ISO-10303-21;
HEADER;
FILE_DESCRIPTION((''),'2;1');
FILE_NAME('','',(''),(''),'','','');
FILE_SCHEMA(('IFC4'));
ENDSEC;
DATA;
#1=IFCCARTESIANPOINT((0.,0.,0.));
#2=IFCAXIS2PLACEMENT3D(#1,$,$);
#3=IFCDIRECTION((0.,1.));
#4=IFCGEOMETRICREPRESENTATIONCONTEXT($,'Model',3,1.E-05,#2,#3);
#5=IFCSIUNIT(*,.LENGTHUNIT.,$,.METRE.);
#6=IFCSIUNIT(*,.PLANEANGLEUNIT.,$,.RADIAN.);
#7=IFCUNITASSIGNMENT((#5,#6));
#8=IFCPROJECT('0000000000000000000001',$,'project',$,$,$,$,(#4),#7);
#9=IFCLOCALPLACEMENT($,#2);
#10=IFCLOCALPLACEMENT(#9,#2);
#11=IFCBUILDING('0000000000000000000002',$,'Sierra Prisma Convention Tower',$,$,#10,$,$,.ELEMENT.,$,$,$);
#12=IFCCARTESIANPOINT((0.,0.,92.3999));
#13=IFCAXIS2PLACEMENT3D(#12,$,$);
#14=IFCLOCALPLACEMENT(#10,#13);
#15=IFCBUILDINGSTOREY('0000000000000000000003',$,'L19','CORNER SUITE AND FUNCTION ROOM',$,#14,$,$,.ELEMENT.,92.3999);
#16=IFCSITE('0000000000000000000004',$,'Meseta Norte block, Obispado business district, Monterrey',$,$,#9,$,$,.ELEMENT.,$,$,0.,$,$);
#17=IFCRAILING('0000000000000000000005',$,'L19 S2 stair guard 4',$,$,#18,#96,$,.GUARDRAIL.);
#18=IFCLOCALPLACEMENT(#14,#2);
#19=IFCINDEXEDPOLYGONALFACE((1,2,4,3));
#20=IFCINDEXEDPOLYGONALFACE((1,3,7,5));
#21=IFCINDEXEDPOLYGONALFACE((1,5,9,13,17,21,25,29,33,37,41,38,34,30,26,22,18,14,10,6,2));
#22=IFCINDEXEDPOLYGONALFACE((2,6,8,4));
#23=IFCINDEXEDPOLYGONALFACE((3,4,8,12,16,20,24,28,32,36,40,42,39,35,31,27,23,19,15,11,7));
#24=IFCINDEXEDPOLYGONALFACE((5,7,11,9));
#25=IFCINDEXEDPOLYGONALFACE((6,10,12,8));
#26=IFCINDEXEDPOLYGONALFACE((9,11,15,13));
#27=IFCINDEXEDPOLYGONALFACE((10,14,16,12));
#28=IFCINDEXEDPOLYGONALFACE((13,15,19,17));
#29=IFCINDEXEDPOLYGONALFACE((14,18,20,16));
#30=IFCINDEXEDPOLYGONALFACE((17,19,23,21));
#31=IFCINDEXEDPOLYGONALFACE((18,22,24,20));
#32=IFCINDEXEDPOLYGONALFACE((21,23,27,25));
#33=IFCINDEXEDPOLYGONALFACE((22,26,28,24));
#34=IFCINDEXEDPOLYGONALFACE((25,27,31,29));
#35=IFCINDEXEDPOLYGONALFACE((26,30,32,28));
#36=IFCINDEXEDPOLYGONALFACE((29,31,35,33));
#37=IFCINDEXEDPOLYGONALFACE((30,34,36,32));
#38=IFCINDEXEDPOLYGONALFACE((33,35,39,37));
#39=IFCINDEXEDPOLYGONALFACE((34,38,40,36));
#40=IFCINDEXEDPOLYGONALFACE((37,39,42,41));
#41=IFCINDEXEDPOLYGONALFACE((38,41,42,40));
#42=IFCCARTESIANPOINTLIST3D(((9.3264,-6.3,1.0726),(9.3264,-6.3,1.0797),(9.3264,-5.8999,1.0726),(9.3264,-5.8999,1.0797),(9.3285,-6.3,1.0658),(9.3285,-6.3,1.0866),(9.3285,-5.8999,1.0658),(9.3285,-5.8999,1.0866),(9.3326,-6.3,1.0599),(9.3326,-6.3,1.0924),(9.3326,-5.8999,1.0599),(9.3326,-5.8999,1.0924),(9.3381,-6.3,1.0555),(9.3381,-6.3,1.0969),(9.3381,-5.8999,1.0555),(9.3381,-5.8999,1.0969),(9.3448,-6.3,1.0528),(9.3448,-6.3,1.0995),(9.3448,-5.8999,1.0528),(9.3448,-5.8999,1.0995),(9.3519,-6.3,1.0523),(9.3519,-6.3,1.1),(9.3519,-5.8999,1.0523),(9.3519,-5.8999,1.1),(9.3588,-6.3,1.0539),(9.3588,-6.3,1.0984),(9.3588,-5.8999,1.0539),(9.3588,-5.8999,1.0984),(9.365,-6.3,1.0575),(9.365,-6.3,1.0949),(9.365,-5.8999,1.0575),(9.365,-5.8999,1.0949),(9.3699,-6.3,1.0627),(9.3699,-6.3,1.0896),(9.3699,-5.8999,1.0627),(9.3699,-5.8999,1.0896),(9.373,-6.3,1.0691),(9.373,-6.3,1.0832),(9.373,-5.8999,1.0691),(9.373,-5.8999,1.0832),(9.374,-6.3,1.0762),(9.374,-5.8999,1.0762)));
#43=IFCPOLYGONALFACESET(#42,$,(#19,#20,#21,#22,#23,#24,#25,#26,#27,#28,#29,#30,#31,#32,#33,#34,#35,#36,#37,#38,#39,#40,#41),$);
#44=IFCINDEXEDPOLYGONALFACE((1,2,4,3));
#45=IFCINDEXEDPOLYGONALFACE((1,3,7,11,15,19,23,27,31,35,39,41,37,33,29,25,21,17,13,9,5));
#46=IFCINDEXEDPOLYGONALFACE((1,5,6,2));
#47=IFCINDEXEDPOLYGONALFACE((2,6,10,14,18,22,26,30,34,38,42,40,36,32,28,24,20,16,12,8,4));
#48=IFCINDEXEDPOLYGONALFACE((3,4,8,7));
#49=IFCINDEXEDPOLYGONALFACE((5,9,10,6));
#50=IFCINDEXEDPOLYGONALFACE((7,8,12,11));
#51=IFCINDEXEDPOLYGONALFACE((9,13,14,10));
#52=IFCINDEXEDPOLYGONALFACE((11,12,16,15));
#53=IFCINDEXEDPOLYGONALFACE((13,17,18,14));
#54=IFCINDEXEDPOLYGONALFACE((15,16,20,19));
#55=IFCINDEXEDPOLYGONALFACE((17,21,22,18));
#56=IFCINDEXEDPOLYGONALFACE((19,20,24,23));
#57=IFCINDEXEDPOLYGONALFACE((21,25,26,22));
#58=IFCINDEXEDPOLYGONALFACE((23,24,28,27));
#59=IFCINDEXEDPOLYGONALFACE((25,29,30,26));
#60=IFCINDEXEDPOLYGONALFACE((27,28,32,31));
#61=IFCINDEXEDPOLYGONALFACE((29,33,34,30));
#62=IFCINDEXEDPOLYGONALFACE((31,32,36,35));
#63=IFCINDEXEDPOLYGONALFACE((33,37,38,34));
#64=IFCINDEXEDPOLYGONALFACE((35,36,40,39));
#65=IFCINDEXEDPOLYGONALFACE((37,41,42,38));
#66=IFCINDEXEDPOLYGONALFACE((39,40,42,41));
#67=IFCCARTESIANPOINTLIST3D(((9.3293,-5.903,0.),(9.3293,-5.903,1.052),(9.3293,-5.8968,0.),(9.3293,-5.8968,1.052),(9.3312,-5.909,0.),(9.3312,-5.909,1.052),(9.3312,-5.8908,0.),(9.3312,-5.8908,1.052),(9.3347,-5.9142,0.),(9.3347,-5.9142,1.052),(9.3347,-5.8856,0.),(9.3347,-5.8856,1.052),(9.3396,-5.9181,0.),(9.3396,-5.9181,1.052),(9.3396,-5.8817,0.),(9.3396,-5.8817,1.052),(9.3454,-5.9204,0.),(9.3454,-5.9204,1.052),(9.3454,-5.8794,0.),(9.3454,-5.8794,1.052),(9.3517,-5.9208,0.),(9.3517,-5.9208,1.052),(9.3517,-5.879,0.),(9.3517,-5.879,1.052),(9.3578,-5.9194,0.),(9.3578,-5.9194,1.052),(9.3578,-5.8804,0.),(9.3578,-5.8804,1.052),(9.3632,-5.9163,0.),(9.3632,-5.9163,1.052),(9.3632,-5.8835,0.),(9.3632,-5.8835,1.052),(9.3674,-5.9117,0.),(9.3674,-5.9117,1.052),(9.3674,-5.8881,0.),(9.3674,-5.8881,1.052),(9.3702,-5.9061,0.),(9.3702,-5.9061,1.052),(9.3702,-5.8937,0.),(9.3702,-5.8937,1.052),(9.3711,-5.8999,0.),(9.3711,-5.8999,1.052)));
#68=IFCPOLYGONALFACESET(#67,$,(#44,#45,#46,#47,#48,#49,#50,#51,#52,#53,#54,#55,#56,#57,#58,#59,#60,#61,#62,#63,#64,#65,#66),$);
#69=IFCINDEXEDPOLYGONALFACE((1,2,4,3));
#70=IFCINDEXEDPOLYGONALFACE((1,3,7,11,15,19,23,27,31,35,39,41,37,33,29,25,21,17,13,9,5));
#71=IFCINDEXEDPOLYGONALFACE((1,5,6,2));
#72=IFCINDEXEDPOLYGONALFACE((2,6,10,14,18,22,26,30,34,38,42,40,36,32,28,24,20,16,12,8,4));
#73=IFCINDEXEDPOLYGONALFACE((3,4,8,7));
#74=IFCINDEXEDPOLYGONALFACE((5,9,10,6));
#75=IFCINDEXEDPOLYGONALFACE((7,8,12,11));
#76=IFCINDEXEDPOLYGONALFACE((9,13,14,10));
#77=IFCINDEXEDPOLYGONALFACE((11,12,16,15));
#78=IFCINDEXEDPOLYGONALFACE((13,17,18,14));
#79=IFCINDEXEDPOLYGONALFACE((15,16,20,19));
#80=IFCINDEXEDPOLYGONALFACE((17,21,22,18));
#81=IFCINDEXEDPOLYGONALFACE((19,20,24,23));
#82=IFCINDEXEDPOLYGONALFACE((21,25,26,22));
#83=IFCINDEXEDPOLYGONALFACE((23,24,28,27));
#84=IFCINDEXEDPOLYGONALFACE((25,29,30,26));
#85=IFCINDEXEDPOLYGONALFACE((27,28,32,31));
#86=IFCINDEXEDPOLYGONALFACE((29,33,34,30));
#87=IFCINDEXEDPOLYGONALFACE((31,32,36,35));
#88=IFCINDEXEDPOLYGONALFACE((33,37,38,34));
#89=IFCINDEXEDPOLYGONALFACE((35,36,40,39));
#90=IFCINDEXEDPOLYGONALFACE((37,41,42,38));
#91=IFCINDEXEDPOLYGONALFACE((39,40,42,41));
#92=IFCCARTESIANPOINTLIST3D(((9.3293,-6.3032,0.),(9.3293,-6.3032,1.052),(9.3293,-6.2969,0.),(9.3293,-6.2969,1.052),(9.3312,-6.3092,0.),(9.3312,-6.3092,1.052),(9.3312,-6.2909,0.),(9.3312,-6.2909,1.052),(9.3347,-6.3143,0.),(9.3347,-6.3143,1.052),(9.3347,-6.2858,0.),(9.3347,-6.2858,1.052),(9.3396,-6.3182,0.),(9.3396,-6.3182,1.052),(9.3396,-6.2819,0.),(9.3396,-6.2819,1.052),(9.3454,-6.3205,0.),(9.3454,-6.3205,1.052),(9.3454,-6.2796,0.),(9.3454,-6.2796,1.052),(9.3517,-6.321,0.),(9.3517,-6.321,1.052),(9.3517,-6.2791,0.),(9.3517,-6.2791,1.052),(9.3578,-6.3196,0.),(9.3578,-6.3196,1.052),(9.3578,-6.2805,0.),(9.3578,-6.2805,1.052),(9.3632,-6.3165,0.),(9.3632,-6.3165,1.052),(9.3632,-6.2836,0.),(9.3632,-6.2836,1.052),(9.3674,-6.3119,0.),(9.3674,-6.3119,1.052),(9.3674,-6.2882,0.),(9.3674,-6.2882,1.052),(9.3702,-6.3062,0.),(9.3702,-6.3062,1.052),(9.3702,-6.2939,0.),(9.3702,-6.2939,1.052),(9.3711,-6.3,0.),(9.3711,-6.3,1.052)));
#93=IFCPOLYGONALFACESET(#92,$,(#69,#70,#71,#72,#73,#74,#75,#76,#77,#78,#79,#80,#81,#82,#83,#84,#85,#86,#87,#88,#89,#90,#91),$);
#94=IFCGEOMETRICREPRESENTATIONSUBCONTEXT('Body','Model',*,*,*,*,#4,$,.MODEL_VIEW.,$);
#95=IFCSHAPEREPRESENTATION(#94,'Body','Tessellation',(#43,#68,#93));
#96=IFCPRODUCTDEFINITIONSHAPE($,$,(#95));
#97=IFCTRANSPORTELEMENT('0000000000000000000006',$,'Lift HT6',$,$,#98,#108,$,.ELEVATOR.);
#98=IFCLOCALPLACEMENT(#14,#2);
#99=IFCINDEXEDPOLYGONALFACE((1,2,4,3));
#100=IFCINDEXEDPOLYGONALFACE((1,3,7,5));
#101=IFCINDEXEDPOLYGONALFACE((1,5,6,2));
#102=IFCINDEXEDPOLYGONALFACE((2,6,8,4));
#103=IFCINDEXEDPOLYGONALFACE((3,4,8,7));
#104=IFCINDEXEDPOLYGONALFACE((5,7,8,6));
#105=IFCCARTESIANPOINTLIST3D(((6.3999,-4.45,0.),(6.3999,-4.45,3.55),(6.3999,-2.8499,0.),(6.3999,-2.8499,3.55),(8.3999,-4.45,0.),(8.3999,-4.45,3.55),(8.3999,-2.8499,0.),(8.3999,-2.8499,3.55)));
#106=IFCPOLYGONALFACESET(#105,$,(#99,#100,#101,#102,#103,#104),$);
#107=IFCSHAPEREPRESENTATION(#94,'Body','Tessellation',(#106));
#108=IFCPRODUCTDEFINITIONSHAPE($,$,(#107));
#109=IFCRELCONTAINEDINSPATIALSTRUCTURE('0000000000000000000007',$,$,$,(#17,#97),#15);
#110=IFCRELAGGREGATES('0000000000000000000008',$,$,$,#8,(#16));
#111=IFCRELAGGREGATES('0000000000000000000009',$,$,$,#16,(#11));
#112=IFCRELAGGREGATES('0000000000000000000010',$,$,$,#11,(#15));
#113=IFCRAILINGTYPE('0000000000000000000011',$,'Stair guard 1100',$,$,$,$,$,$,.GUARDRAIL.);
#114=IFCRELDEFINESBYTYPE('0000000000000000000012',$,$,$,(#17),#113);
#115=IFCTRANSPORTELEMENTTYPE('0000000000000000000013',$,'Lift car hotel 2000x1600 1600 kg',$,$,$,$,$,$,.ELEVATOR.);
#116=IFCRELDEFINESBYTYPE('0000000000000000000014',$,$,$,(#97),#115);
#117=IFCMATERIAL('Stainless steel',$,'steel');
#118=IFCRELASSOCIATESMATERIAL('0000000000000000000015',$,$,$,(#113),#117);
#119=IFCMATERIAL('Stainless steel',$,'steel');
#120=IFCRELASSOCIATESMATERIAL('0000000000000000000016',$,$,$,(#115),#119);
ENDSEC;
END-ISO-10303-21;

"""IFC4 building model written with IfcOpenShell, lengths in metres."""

from ifc_helpers import new_model, si_unit, direction, frame, origin, origin_2d, place, context, subcontext, project, spatial, rectangle, circle, extrude, material, type_object, element, save


model = new_model("IFC4")

# Units and contexts
model_context = context("Model", 3, precision=1e-05, world=origin(), true_north=direction((0.0, 1.0)))
body_context = subcontext(model_context, "Body", "Model", "MODEL_VIEW")
ifc_project = project(units=[si_unit("LENGTHUNIT", "METRE"), si_unit("PLANEANGLEUNIT", "RADIAN")], contexts=[model_context])

# Site, building, storey
site_placement = place(None, origin())
site = spatial("IfcSite", under=ifc_project, at=site_placement, Name="Meseta Norte block, Obispado business district, Monterrey", CompositionType="ELEMENT", RefElevation=0.0)
building_placement = place(site_placement, origin())
building = spatial("IfcBuilding", under=site, at=building_placement, Name="Sierra Prisma Convention Tower", CompositionType="ELEMENT")
storey_placement = place(building_placement, frame((0.0, 0.0, 92.3999)))
storey = spatial("IfcBuildingStorey", under=building, at=storey_placement, Name="L19", Description="CORNER SUITE AND FUNCTION ROOM", CompositionType="ELEMENT", Elevation=92.3999)

# Railing
ifc_material_1 = material(Name="Stainless steel", Category="steel")
railing_type_1 = type_object("IfcRailingType", Name="Stair guard 1100", PredefinedType="GUARDRAIL", material=ifc_material_1)
railing_1_placement = place(storey_placement, frame((9.3501, -5.8999, 0.0)))
element("IfcRailing", 1, at=railing_1_placement, inside=storey, type_object=railing_type_1, Name="L19 S2 stair guard 4", PredefinedType="GUARDRAIL", context=body_context, shape_type="SweptSolid", body=[
    extrude(circle(Radius=0.0239, at=origin_2d()), frame((0.0, 0.0, 1.0762), z_axis=(0.0, -1.0, 0.0), x_axis=(1.0, 0.0, 0.0)), (0.0, 0.0, 1.0), 0.4001),
    extrude(circle(Radius=0.021, at=origin_2d()), origin(), (0.0, 0.0, 1.0), 1.052),
    extrude(circle(Radius=0.021, at=origin_2d()), frame((0.0, -0.4001, 0.0)), (0.0, 0.0, 1.0), 1.052),
])

# Transport element
ifc_material_2 = material(Name="Stainless steel", Category="steel")
transport_element_type = type_object("IfcTransportElementType", Name="Lift car hotel 2000x1600 1600 kg", PredefinedType="ELEVATOR", material=ifc_material_2)
transport_element_placement = place(storey_placement, frame((7.3999, -3.6499, 0.0), z_axis=(0.0, 0.0, 1.0), x_axis=(1.0, 0.0, 0.0)))
element("IfcTransportElement", 2, at=transport_element_placement, inside=storey, type_object=transport_element_type, Name="Lift HT6", PredefinedType="ELEVATOR", context=body_context, shape_type="SweptSolid", body=[
    extrude(rectangle(XDim=2.0, YDim=1.6001, at=origin_2d()), origin(), (0.0, 0.0, 1.0), 3.55),
])

save(model, "model.ifc")
